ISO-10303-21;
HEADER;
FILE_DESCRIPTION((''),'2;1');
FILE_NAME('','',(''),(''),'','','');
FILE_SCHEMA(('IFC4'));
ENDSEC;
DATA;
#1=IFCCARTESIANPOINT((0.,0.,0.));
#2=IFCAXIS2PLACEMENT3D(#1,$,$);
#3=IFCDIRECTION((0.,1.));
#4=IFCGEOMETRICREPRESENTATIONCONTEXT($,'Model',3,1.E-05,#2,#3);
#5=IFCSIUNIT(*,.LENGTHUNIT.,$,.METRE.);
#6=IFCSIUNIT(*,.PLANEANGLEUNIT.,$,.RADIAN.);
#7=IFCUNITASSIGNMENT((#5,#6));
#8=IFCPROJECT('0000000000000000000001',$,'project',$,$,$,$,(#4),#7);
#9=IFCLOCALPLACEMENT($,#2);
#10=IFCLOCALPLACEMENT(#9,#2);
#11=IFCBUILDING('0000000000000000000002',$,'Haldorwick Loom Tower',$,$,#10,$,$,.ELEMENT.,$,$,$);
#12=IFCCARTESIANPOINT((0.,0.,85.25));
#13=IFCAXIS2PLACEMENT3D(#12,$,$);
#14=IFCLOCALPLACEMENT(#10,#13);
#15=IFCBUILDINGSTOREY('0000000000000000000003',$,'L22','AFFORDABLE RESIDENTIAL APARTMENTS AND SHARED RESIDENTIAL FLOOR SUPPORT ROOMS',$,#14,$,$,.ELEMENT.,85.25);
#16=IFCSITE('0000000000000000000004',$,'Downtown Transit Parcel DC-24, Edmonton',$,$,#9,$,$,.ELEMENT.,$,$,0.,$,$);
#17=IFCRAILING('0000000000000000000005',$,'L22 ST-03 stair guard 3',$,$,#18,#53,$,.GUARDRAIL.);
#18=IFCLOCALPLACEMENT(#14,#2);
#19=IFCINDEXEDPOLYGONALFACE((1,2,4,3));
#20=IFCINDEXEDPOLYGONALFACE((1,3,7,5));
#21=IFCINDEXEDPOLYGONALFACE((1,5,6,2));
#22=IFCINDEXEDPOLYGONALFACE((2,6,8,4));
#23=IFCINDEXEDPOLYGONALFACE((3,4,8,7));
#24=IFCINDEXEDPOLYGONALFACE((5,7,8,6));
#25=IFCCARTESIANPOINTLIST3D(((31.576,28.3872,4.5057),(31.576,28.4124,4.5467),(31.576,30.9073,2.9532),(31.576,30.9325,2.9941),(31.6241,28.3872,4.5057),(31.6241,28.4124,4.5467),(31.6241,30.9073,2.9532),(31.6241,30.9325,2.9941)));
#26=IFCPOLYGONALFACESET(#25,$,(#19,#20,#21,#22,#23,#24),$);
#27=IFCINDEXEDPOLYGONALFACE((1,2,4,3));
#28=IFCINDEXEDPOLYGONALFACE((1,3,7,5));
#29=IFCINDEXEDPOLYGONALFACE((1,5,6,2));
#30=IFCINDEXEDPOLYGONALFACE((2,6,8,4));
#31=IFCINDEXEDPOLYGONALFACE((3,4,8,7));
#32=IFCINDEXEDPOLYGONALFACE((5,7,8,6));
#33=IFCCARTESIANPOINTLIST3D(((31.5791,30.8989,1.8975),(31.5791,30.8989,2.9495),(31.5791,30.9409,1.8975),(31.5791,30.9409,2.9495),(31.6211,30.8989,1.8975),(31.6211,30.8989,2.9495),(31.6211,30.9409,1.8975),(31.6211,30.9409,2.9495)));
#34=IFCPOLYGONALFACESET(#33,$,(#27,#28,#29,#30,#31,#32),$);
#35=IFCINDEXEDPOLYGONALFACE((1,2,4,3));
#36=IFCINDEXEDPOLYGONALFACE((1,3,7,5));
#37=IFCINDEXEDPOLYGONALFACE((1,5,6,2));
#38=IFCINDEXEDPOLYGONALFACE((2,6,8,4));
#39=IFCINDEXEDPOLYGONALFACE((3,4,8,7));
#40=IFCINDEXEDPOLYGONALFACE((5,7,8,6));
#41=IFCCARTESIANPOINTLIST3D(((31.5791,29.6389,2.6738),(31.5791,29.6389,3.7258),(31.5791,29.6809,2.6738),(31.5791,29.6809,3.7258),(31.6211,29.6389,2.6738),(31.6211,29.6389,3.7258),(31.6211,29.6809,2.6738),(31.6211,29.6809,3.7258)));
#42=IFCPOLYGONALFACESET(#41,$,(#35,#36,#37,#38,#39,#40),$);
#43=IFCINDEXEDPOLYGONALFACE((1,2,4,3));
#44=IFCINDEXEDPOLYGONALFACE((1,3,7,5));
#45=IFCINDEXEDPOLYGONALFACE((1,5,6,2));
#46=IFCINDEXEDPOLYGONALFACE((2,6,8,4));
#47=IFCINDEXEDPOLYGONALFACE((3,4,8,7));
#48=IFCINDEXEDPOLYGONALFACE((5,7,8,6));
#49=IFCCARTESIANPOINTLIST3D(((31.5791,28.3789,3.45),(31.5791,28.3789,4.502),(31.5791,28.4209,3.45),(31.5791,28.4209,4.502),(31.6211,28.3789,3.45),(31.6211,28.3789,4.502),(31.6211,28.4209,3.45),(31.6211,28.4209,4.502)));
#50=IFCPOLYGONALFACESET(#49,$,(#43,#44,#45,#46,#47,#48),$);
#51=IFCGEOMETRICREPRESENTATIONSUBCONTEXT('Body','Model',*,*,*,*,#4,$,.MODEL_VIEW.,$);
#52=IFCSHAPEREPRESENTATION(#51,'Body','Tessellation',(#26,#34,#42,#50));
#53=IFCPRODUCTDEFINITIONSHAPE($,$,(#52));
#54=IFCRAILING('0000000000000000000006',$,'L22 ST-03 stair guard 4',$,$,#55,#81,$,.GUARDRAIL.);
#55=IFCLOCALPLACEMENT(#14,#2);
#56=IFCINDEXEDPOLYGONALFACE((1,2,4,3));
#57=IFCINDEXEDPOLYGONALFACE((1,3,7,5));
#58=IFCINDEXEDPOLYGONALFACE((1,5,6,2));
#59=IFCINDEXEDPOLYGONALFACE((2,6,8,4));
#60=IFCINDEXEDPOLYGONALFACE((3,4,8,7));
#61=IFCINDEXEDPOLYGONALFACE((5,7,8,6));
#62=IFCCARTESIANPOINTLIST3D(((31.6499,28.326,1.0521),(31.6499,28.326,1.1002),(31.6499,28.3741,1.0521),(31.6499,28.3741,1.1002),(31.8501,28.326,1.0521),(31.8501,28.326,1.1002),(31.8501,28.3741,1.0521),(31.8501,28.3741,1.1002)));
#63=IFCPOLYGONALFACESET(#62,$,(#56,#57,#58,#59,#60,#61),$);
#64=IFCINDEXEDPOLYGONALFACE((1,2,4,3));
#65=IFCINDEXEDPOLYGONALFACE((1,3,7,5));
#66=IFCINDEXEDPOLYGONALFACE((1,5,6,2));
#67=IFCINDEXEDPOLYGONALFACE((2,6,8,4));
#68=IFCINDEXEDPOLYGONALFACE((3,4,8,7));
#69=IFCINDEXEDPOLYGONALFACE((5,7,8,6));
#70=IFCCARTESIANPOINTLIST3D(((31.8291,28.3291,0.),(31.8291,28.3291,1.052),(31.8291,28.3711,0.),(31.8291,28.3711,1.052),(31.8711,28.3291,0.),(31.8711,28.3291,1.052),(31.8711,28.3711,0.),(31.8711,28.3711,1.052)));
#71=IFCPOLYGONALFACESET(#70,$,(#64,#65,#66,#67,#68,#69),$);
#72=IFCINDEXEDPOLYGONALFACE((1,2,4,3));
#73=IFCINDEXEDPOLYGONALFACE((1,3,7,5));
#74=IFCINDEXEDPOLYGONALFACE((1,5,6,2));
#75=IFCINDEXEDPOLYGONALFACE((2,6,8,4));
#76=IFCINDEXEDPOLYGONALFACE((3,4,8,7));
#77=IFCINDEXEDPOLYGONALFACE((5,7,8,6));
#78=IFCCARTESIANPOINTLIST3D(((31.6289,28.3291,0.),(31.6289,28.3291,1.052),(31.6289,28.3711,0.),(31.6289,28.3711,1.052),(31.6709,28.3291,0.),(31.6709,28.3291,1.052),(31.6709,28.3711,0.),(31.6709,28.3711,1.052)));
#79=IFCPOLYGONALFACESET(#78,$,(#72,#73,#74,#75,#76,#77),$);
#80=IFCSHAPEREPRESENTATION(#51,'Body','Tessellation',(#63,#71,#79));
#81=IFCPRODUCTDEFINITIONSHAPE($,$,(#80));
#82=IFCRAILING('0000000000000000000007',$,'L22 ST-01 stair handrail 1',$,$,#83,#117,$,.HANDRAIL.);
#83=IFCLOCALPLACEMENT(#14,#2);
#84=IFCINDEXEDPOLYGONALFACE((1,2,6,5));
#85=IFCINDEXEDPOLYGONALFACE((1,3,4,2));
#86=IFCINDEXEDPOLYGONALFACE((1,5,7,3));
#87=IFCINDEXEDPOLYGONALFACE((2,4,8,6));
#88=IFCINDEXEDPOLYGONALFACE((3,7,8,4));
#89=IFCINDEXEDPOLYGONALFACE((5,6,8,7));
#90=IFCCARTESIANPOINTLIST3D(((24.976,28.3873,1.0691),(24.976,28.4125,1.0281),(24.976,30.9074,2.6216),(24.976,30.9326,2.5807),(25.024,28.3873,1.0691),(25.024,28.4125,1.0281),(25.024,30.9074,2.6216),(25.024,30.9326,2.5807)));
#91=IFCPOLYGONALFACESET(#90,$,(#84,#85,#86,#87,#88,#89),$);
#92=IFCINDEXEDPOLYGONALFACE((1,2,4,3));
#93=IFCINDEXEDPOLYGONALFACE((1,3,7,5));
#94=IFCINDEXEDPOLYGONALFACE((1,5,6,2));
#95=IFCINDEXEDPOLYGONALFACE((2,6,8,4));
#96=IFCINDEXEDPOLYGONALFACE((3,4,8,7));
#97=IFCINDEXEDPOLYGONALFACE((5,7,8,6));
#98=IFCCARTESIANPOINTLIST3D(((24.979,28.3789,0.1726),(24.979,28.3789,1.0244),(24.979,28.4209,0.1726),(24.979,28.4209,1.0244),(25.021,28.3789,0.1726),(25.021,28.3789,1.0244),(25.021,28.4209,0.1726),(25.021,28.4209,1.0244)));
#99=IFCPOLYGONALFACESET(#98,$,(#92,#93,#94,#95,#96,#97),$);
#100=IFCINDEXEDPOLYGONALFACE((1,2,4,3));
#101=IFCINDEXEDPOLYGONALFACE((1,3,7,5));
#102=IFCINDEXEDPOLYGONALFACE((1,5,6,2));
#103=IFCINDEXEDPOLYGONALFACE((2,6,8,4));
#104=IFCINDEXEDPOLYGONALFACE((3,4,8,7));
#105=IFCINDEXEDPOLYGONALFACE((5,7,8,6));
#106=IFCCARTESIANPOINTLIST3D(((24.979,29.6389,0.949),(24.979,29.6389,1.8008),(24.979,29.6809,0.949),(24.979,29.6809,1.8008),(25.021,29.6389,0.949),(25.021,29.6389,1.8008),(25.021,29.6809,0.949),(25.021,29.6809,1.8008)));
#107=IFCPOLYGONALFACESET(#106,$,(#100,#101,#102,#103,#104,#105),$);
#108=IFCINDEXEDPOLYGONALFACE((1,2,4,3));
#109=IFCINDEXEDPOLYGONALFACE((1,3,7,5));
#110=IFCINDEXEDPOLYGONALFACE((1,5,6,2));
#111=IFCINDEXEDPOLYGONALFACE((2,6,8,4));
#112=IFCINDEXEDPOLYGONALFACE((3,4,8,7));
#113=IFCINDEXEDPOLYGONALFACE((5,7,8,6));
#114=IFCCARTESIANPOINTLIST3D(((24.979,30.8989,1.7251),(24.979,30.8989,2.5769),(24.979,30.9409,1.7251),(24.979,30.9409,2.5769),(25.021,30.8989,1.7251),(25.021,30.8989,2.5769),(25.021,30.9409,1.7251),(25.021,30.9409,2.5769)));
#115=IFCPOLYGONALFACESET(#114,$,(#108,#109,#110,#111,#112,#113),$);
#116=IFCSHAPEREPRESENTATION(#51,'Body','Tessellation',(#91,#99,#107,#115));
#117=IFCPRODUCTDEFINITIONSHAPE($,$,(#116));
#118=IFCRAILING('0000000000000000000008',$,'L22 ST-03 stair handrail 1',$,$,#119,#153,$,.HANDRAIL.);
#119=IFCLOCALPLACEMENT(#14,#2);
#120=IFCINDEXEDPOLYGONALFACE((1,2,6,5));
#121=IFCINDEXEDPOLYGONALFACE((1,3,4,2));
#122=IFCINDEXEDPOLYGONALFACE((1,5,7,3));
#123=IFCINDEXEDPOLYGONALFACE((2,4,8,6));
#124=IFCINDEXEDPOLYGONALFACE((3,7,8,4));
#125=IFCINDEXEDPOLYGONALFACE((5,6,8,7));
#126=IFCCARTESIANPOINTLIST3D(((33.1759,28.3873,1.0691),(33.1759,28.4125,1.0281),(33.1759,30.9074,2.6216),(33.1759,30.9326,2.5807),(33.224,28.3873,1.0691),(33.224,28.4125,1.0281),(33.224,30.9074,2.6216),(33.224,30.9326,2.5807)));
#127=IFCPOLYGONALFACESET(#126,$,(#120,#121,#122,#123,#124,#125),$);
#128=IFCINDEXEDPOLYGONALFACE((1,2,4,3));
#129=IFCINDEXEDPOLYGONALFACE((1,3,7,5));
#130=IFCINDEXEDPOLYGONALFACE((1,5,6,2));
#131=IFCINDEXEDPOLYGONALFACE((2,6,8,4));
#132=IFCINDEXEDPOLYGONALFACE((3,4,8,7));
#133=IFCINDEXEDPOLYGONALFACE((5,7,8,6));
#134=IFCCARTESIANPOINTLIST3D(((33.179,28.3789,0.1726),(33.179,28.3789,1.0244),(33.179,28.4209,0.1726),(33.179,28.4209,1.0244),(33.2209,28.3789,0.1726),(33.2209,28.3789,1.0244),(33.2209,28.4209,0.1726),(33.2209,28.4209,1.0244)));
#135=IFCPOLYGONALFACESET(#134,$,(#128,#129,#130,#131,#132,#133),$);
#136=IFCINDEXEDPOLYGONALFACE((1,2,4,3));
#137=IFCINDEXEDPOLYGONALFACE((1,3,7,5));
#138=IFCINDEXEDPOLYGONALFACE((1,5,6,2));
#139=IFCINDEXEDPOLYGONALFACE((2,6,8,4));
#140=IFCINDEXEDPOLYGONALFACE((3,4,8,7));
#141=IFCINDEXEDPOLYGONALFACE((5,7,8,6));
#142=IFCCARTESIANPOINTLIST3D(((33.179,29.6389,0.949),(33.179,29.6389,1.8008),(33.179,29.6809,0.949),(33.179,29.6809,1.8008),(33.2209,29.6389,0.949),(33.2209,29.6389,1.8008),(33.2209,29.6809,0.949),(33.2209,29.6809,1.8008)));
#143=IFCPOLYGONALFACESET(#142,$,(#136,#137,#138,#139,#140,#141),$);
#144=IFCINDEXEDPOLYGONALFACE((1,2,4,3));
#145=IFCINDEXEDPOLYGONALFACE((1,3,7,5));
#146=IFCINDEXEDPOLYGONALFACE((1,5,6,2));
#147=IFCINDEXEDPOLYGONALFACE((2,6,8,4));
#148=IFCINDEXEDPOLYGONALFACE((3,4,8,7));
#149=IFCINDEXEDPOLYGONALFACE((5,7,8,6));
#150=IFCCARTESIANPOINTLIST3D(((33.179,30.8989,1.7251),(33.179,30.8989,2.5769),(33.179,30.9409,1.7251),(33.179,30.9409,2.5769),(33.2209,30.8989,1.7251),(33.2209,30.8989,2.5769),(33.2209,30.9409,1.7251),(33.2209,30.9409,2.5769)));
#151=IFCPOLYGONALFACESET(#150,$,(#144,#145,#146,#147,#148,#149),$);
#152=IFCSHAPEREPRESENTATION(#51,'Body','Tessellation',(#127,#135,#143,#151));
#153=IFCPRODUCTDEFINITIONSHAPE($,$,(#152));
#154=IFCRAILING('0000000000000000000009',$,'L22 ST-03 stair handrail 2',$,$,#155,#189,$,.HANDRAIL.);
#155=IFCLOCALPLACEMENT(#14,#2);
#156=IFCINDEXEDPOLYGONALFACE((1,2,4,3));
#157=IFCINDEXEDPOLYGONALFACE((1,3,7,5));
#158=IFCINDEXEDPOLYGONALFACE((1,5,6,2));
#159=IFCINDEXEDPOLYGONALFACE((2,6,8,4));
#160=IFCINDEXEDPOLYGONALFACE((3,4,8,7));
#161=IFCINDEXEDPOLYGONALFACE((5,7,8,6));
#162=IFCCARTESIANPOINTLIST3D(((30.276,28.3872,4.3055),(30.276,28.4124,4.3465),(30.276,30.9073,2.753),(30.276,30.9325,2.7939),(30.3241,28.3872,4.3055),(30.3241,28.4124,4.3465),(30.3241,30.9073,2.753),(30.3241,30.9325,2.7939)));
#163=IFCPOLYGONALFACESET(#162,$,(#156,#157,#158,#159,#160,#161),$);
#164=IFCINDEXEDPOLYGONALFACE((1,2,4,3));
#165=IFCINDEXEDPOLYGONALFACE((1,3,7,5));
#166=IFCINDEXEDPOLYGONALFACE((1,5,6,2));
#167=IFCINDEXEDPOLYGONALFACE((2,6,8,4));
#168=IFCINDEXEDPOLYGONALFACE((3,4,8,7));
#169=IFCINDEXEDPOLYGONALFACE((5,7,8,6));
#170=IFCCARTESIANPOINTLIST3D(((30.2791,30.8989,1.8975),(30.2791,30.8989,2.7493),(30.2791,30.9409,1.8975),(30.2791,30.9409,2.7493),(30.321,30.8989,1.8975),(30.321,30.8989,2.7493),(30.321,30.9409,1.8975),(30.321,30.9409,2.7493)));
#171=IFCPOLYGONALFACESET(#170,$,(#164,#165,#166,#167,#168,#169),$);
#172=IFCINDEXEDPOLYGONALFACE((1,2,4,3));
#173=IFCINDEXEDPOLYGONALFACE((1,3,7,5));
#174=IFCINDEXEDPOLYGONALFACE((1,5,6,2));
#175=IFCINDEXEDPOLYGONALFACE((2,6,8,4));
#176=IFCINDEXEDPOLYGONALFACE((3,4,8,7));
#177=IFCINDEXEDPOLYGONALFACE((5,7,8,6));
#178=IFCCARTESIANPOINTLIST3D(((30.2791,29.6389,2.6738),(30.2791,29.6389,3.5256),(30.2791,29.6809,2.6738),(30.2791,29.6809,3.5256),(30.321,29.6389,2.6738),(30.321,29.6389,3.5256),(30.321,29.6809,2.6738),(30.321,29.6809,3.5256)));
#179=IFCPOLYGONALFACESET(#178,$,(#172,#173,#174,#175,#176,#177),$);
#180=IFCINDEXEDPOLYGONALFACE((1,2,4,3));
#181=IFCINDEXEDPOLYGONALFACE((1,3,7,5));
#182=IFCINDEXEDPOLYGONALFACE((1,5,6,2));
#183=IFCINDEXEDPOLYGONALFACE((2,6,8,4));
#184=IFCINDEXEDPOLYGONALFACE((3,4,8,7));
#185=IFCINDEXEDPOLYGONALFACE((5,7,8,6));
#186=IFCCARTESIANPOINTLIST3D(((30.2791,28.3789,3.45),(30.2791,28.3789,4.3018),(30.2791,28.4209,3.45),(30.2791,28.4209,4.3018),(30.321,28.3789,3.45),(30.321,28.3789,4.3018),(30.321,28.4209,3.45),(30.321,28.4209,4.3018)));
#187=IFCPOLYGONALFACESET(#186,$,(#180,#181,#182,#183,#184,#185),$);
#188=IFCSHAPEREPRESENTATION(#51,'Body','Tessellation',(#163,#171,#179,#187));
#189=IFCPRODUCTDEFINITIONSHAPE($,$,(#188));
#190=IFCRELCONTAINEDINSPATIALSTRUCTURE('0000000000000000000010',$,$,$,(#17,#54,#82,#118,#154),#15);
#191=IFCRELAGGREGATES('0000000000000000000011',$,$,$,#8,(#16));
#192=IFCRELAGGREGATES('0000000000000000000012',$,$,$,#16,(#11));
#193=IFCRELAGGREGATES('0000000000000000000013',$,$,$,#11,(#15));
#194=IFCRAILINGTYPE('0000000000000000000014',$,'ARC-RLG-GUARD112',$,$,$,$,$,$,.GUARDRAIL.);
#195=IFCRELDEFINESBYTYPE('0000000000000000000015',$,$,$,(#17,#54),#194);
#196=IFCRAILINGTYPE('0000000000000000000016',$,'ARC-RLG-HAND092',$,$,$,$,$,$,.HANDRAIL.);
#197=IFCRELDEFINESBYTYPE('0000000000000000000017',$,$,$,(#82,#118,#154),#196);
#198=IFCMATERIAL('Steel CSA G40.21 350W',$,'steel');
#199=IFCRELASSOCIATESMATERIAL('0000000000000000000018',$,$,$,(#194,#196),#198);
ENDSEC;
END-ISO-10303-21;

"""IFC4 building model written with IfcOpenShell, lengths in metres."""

from ifc_helpers import new_model, si_unit, direction, frame, origin, origin_2d, place, context, subcontext, project, spatial, rectangle, extrude, material, type_object, element, save


model = new_model("IFC4")

# Units and contexts
model_context = context("Model", 3, precision=1e-05, world=origin(), true_north=direction((0.0, 1.0)))
body_context = subcontext(model_context, "Body", "Model", "MODEL_VIEW")
ifc_project = project(units=[si_unit("LENGTHUNIT", "METRE"), si_unit("PLANEANGLEUNIT", "RADIAN")], contexts=[model_context])

# Site, building, storey
site_placement = place(None, origin())
site = spatial("IfcSite", under=ifc_project, at=site_placement, Name="Downtown Transit Parcel DC-24, Edmonton", CompositionType="ELEMENT", RefElevation=0.0)
building_placement = place(site_placement, origin())
building = spatial("IfcBuilding", under=site, at=building_placement, Name="Haldorwick Loom Tower", CompositionType="ELEMENT")
storey_placement = place(building_placement, frame((0.0, 0.0, 85.25)))
storey = spatial("IfcBuildingStorey", under=building, at=storey_placement, Name="L22", Description="AFFORDABLE RESIDENTIAL APARTMENTS AND SHARED RESIDENTIAL FLOOR SUPPORT ROOMS", CompositionType="ELEMENT", Elevation=85.25)

# Shared definitions
ifc_material_1 = material(Name="Steel CSA G40.21 350W", Category="steel")

# Railings
railing_type_1 = type_object("IfcRailingType", Name="ARC-RLG-GUARD112", PredefinedType="GUARDRAIL", material=ifc_material_1)
railing_1_placement = place(storey_placement, frame((31.6001, 30.9199, 1.8975)))
element("IfcRailing", 1, at=railing_1_placement, inside=storey, type_object=railing_type_1, Name="L22 ST-03 stair guard 3", PredefinedType="GUARDRAIL", context=body_context, shape_type="SweptSolid", body=[
    extrude(rectangle(XDim=0.0481, YDim=0.0481, at=origin_2d()), frame((0.0, 0.0, 1.0762), z_axis=(0.0, -0.8514, 0.524516), x_axis=(1.0, 0.0, 0.0)), (0.0, 0.0, 1.0), 2.96),
    extrude(rectangle(XDim=0.042, YDim=0.042, at=origin_2d()), origin(), (0.0, 0.0, 1.0), 1.052),
    extrude(rectangle(XDim=0.042, YDim=0.042, at=origin_2d()), frame((0.0, -1.26, 0.7764)), (0.0, 0.0, 1.0), 1.052),
    extrude(rectangle(XDim=0.042, YDim=0.042, at=origin_2d()), frame((0.0, -2.52, 1.5525)), (0.0, 0.0, 1.0), 1.052),
])
railing_2_placement = place(storey_placement, frame((31.8501, 28.3501, 0.0)))
element("IfcRailing", 2, at=railing_2_placement, inside=storey, type_object=railing_type_1, Name="L22 ST-03 stair guard 4", PredefinedType="GUARDRAIL", context=body_context, shape_type="SweptSolid", body=[
    extrude(rectangle(XDim=0.0481, YDim=0.0481, at=origin_2d()), frame((0.0, 0.0, 1.0762), z_axis=(-1.0, 0.0, 0.0), x_axis=(0.0, -1.0, 0.0)), (0.0, 0.0, 1.0), 0.2002),
    extrude(rectangle(XDim=0.042, YDim=0.042, at=origin_2d()), origin(), (0.0, 0.0, 1.0), 1.052),
    extrude(rectangle(XDim=0.042, YDim=0.042, at=origin_2d()), frame((-0.2002, 0.0, 0.0)), (0.0, 0.0, 1.0), 1.052),
])
railing_type_2 = type_object("IfcRailingType", Name="ARC-RLG-HAND092", PredefinedType="HANDRAIL", material=ifc_material_1)
for number, where, name in (
    (3, (25.0, 28.3999, 0.1726), "L22 ST-01 stair handrail 1"),
    (4, (33.2, 28.3999, 0.1726), "L22 ST-03 stair handrail 1"),
):
    element("IfcRailing", number, at=place(storey_placement, frame(where)), inside=storey, type_object=railing_type_2, Name=name, PredefinedType="HANDRAIL", context=body_context, shape_type="SweptSolid", body=[
        extrude(rectangle(XDim=0.0481, YDim=0.0481, at=origin_2d()), frame((0.0, 0.0, 0.876), z_axis=(0.0, 0.8514, 0.524516), x_axis=(-1.0, 0.0, 0.0)), (0.0, 0.0, 1.0), 2.96),
        extrude(rectangle(XDim=0.042, YDim=0.042, at=origin_2d()), origin(), (0.0, 0.0, 1.0), 0.8518),
        extrude(rectangle(XDim=0.042, YDim=0.042, at=origin_2d()), frame((0.0, 1.26, 0.7764)), (0.0, 0.0, 1.0), 0.8518),
        extrude(rectangle(XDim=0.042, YDim=0.042, at=origin_2d()), frame((0.0, 2.52, 1.5525)), (0.0, 0.0, 1.0), 0.8518),
    ])
railing_3_placement = place(storey_placement, frame((30.3, 30.9199, 1.8975)))
element("IfcRailing", 5, at=railing_3_placement, inside=storey, type_object=railing_type_2, Name="L22 ST-03 stair handrail 2", PredefinedType="HANDRAIL", context=body_context, shape_type="SweptSolid", body=[
    extrude(rectangle(XDim=0.0481, YDim=0.0481, at=origin_2d()), frame((0.0, 0.0, 0.876), z_axis=(0.0, -0.8514, 0.524516), x_axis=(1.0, 0.0, 0.0)), (0.0, 0.0, 1.0), 2.96),
    extrude(rectangle(XDim=0.042, YDim=0.042, at=origin_2d()), origin(), (0.0, 0.0, 1.0), 0.8518),
    extrude(rectangle(XDim=0.042, YDim=0.042, at=origin_2d()), frame((0.0, -1.26, 0.7764)), (0.0, 0.0, 1.0), 0.8518),
    extrude(rectangle(XDim=0.042, YDim=0.042, at=origin_2d()), frame((0.0, -2.52, 1.5525)), (0.0, 0.0, 1.0), 0.8518),
])

save(model, "model.ifc")
